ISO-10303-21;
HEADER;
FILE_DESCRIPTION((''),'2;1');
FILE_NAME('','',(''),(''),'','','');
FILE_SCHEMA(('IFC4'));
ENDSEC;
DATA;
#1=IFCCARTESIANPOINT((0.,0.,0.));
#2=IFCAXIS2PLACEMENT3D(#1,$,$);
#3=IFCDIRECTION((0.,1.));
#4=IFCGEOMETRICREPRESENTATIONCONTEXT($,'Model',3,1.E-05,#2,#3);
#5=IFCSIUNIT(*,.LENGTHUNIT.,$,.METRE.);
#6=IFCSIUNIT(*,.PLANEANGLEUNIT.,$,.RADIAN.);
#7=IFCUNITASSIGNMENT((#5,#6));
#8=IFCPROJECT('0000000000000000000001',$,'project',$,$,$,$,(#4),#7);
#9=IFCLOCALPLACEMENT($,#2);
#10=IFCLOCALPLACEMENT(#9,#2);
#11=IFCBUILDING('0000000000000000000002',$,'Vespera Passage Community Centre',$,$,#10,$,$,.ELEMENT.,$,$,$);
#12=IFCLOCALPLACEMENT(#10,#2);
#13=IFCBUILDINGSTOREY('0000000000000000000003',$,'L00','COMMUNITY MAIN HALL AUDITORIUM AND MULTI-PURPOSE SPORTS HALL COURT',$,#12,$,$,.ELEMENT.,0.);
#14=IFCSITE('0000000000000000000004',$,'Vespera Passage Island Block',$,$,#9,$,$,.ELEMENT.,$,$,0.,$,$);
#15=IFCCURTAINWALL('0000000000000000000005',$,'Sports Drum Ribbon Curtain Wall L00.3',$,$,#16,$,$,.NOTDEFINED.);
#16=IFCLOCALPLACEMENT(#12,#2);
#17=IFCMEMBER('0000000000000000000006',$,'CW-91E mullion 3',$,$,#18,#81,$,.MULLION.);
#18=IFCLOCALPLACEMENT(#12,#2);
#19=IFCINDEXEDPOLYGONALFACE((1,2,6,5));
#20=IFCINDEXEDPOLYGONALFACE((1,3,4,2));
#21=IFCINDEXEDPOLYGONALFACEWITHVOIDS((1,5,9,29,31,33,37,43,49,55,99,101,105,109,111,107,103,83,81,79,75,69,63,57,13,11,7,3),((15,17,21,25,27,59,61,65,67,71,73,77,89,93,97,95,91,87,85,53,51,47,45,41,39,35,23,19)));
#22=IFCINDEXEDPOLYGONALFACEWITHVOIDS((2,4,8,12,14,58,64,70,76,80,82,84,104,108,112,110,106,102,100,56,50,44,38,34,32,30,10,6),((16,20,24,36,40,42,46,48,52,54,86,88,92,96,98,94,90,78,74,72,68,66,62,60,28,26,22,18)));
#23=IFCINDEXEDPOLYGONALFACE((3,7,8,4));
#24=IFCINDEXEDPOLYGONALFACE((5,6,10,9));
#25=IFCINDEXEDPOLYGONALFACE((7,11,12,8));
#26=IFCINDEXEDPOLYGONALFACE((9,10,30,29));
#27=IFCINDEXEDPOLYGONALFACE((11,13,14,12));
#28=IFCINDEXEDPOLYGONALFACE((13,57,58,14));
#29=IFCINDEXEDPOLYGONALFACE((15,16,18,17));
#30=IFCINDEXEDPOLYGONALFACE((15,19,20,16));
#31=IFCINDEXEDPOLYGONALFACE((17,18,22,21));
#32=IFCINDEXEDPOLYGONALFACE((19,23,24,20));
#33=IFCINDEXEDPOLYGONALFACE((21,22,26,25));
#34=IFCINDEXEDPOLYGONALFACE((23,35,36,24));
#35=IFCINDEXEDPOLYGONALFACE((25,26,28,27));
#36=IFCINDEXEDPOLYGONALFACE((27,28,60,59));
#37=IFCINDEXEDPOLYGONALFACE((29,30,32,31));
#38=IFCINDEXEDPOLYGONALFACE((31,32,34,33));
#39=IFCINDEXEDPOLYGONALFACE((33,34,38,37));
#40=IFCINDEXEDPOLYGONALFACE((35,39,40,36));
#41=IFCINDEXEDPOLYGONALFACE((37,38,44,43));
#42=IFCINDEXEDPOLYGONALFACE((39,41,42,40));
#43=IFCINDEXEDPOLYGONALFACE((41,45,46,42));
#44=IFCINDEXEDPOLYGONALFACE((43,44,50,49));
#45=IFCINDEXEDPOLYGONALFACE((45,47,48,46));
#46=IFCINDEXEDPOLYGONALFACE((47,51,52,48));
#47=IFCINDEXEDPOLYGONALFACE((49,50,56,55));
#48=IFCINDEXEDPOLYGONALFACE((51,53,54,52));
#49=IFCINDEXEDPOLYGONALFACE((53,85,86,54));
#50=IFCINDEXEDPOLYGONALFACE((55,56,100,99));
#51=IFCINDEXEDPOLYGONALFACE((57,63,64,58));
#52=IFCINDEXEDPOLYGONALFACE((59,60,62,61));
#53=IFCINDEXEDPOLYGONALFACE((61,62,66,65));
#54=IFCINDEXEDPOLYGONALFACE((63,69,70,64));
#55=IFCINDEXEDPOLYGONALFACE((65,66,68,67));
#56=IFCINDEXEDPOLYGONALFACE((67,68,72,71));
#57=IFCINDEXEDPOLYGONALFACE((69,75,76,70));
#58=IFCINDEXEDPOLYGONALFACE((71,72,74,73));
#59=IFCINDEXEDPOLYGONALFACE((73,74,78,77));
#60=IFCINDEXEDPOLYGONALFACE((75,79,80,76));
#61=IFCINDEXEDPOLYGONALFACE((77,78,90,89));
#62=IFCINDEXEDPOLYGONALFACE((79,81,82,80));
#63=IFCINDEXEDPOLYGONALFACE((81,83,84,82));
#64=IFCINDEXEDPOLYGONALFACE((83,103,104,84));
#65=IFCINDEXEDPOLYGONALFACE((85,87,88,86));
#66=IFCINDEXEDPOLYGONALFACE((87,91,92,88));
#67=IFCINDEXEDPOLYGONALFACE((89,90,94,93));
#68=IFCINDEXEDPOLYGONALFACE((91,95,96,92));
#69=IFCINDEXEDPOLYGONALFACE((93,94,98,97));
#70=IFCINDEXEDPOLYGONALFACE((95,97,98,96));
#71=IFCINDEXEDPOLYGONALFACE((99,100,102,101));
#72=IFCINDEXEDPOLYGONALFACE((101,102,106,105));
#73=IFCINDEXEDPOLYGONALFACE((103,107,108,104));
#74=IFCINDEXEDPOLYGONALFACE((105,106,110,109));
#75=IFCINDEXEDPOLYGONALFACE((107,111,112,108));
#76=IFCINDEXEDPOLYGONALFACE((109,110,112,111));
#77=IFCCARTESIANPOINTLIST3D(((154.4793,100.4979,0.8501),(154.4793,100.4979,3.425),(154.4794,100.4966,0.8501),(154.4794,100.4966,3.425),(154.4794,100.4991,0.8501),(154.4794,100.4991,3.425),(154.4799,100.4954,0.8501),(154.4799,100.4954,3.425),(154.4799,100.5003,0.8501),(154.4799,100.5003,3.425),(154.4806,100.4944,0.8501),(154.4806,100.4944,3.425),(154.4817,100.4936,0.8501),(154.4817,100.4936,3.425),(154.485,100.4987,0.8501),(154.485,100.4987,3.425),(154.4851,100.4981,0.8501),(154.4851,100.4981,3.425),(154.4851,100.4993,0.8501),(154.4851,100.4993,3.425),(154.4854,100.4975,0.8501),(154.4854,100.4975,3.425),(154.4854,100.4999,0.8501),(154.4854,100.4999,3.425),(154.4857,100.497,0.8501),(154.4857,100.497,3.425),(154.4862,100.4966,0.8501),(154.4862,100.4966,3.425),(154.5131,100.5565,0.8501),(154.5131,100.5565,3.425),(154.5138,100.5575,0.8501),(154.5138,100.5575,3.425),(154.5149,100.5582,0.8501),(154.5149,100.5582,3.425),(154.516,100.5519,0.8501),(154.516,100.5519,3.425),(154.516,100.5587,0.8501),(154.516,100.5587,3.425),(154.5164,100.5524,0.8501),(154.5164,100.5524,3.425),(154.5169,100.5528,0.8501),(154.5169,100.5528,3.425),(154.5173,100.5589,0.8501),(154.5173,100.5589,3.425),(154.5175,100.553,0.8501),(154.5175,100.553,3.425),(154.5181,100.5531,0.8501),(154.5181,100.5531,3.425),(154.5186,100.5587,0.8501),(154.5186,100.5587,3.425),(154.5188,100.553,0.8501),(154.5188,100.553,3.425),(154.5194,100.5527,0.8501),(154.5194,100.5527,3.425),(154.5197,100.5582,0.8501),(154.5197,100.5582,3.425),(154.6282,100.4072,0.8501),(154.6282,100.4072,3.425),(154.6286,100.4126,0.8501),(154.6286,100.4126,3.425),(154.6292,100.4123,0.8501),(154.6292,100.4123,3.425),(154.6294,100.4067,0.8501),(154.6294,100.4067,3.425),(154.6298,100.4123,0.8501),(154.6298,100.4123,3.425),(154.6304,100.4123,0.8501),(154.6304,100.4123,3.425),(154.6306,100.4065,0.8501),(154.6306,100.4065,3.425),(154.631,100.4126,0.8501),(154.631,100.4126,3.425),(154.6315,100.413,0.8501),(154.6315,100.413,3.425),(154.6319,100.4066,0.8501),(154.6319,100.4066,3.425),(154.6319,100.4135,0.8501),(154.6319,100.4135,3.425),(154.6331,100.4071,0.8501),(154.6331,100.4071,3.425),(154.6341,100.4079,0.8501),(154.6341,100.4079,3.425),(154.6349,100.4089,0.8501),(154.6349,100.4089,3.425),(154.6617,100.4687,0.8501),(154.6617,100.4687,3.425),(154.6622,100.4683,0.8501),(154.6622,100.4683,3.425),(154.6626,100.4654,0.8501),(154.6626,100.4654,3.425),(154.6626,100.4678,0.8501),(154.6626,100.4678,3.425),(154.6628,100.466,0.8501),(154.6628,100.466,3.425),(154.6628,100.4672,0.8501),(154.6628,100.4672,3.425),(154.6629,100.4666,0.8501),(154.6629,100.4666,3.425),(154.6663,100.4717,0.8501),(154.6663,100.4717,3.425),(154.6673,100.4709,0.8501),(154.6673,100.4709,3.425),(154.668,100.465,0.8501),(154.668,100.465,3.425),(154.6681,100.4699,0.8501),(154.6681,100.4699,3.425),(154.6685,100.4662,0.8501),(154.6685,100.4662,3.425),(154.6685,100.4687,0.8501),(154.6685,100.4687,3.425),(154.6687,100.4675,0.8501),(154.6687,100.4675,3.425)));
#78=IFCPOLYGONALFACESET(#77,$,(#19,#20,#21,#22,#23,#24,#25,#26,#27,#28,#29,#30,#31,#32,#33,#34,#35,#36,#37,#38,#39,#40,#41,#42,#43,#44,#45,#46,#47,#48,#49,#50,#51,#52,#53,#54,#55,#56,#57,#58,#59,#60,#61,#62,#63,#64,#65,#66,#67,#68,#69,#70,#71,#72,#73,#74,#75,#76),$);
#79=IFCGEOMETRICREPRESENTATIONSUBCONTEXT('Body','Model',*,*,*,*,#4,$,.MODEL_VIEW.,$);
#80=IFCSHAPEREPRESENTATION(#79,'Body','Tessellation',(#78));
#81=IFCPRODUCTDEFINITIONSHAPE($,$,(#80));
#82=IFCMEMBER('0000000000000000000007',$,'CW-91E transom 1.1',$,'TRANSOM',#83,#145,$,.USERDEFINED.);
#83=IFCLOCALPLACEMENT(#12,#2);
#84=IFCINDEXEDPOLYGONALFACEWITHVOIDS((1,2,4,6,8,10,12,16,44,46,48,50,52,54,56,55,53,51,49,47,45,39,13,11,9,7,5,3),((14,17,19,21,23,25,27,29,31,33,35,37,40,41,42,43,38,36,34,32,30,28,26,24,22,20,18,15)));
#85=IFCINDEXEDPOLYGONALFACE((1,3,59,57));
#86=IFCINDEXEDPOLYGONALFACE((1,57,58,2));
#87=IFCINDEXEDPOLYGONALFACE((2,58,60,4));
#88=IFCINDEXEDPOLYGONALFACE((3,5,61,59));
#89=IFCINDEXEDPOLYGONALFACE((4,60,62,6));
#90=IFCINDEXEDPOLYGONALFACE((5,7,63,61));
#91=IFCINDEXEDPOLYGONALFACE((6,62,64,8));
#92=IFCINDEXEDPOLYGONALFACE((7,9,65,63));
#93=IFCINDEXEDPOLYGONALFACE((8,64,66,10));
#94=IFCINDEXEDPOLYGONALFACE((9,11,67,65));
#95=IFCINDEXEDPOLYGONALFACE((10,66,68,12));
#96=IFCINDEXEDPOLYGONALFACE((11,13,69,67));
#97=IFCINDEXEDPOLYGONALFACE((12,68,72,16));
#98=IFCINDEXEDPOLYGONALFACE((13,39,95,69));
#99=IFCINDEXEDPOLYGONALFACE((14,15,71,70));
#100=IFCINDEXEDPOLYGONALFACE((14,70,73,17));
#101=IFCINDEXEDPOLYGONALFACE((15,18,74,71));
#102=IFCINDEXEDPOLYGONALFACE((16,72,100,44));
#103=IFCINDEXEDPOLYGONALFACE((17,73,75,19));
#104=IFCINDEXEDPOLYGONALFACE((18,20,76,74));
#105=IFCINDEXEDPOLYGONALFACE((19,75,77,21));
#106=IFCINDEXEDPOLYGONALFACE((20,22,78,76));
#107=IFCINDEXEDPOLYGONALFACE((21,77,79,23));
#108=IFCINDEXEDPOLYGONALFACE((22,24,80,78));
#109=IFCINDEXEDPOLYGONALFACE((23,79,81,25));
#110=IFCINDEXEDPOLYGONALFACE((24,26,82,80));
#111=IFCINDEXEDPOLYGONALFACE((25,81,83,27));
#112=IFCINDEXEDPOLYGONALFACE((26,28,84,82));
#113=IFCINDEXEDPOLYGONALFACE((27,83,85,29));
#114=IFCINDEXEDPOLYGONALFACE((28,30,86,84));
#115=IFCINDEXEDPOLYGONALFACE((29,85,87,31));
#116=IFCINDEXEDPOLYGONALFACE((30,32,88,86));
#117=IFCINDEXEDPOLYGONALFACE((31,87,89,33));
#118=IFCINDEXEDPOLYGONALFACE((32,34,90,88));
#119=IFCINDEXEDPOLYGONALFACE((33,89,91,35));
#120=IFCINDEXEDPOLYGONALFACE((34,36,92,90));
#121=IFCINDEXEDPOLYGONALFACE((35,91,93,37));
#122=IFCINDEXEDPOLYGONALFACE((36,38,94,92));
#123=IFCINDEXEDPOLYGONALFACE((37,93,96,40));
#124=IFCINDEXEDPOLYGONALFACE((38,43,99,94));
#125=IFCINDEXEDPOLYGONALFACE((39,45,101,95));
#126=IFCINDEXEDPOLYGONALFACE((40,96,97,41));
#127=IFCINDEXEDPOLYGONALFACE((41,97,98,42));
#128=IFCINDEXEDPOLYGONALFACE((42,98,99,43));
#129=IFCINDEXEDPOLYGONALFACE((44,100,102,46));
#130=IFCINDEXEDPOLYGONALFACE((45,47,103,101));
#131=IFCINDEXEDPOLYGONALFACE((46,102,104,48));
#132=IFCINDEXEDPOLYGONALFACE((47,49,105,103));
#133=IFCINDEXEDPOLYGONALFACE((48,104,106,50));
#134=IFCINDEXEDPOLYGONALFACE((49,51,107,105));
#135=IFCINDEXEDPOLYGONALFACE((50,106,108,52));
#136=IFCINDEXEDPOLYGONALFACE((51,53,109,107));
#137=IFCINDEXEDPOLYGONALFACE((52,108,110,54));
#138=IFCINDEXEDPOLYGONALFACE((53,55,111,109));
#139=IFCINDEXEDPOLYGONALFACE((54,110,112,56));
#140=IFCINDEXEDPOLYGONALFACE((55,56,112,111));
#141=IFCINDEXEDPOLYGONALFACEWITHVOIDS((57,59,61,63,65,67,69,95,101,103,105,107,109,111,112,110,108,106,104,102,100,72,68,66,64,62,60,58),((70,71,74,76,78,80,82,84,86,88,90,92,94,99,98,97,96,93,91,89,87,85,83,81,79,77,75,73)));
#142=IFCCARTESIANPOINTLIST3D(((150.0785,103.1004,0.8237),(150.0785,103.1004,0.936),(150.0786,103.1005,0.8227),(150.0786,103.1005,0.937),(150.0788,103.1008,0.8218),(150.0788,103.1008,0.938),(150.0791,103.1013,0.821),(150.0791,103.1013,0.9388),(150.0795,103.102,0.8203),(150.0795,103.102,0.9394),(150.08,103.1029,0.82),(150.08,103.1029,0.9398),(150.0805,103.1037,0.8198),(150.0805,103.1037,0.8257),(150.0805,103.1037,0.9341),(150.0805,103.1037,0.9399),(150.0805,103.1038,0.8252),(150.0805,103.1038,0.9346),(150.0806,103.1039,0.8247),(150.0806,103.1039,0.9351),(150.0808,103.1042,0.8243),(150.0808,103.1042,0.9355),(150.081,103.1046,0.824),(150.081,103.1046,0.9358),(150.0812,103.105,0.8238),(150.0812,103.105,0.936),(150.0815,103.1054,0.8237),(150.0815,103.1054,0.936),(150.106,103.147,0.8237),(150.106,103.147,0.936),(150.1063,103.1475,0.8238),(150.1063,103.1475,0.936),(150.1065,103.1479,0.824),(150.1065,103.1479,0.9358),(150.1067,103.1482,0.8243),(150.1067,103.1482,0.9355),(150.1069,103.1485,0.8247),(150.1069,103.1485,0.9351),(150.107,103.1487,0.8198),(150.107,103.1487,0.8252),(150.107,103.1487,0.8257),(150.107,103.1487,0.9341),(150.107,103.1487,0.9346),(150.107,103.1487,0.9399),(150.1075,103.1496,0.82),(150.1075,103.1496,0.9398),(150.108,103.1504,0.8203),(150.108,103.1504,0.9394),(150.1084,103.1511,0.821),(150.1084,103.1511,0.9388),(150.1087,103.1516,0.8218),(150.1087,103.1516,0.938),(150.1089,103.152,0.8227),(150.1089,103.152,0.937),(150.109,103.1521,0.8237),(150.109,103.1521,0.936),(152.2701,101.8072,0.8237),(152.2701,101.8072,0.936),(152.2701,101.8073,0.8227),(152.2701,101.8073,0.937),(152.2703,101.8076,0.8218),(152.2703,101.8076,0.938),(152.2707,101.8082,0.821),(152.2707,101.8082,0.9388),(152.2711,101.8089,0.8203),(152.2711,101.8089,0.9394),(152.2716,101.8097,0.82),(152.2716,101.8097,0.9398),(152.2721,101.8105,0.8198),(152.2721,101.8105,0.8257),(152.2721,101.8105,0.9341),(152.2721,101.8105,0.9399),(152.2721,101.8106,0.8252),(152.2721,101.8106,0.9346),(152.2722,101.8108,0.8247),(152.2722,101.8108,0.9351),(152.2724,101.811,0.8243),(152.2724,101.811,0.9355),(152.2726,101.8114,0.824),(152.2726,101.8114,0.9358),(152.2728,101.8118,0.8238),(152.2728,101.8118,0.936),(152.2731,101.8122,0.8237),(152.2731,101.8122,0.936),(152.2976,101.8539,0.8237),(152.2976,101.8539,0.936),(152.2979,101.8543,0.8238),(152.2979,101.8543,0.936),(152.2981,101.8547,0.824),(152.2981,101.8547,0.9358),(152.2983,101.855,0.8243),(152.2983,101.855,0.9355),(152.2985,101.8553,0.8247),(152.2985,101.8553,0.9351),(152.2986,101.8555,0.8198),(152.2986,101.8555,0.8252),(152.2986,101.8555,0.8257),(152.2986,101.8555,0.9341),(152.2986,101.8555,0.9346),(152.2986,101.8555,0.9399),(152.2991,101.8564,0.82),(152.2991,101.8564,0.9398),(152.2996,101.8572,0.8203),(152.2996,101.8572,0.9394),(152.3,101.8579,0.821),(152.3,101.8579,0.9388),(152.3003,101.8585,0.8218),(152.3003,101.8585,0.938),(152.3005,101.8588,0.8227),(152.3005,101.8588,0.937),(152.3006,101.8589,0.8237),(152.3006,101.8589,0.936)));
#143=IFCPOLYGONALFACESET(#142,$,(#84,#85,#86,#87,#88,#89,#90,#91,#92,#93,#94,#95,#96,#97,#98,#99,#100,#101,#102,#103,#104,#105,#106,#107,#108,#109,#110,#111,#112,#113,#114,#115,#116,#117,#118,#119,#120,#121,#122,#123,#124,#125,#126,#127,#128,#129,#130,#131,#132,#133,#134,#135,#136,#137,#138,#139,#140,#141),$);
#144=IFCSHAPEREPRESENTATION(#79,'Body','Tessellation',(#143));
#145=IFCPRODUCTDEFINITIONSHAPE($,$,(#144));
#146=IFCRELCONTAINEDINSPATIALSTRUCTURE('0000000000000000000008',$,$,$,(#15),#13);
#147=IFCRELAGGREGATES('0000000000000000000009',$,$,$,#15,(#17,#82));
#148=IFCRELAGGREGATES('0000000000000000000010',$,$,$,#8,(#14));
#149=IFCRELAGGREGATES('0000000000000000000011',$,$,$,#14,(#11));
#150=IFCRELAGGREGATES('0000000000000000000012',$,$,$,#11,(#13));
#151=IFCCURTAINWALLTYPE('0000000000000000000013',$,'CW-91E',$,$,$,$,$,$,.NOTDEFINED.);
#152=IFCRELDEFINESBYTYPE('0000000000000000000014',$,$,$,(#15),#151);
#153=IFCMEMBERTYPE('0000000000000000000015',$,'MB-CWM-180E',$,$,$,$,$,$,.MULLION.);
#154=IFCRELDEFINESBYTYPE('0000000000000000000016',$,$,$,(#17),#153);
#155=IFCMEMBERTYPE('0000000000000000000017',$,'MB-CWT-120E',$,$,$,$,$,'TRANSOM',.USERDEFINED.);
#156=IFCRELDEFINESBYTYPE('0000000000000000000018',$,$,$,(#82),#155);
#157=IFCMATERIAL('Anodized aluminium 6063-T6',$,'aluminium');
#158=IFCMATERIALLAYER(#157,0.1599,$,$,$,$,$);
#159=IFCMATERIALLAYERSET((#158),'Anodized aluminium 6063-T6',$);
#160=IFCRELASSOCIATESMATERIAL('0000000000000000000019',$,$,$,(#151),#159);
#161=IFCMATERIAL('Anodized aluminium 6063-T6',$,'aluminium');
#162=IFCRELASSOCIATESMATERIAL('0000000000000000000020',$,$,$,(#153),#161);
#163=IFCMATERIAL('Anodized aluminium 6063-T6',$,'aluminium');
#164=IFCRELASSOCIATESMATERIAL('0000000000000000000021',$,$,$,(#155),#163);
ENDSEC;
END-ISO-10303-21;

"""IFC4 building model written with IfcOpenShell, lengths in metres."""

from ifc_helpers import new_model, si_unit, direction, frame, origin, origin_2d, place, context, subcontext, project, spatial, hollow_rectangle, extrude, material, layer, layer_set, material_profile, profile_set, type_object, element, aggregate, save


model = new_model("IFC4")

# Units and contexts
model_context = context("Model", 3, precision=1e-05, world=origin(), true_north=direction((0.0, 1.0)))
body_context = subcontext(model_context, "Body", "Model", "MODEL_VIEW")
ifc_project = project(units=[si_unit("LENGTHUNIT", "METRE"), si_unit("PLANEANGLEUNIT", "RADIAN")], contexts=[model_context])

# Site, building, storey
site_placement = place(None, origin())
site = spatial("IfcSite", under=ifc_project, at=site_placement, Name="Vespera Passage Island Block", CompositionType="ELEMENT", RefElevation=0.0)
building_placement = place(site_placement, origin())
building = spatial("IfcBuilding", under=site, at=building_placement, Name="Vespera Passage Community Centre", CompositionType="ELEMENT")
storey_placement = place(building_placement, origin())
storey = spatial("IfcBuildingStorey", under=building, at=storey_placement, Name="L00", Description="COMMUNITY MAIN HALL AUDITORIUM AND MULTI-PURPOSE SPORTS HALL COURT", CompositionType="ELEMENT", Elevation=0.0)

# Curtain wall, members
ifc_material_1 = material(Name="Anodized aluminium 6063-T6", Category="aluminium")
ifc_layer_1 = layer(ifc_material_1, 0.1599)
ifc_layer_set_1 = layer_set([ifc_layer_1], Name="Anodized aluminium 6063-T6")
curtain_wall_type = type_object("IfcCurtainWallType", Name="CW-91E", PredefinedType="NOTDEFINED", material=ifc_layer_set_1)
curtain_wall_placement = place(storey_placement, origin())
curtain_wall = element("IfcCurtainWall", 1, at=curtain_wall_placement, inside=storey, type_object=curtain_wall_type, Name="Sports Drum Ribbon Curtain Wall L00.3", PredefinedType="NOTDEFINED")
ifc_material_2 = material(Name="Anodized aluminium 6063-T6", Category="aluminium")
ifc_material_profile_1 = material_profile(ifc_material_2, hollow_rectangle(XDim=0.075, YDim=0.1799, WallThickness=0.0049, InnerFilletRadius=0.0024, OuterFilletRadius=0.0049, at=origin_2d()), Name="ALU180X75X5")
ifc_profile_set_1 = profile_set([ifc_material_profile_1], Name="Anodized aluminium 6063-T6")
member_type_1 = type_object("IfcMemberType", Name="MB-CWM-180E", PredefinedType="MULLION", material=ifc_profile_set_1)
member_1_placement = place(storey_placement, frame((154.574, 100.4827, 0.8501), z_axis=(0.0, 0.0, 1.0), x_axis=(0.50817, 0.861257, 0.0)))
member_1 = element("IfcMember", 2, at=member_1_placement, type_object=member_type_1, Name="CW-91E mullion 3", PredefinedType="MULLION", context=body_context, shape_type="SweptSolid", body=[
    extrude(hollow_rectangle(XDim=0.075, YDim=0.1799, WallThickness=0.0049, InnerFilletRadius=0.0024, OuterFilletRadius=0.0049, at=origin_2d()), origin(), (0.0, 0.0, 1.0), 2.575),
])
ifc_material_3 = material(Name="Anodized aluminium 6063-T6", Category="aluminium")
ifc_material_profile_2 = material_profile(ifc_material_3, hollow_rectangle(XDim=0.0601, YDim=0.1201, WallThickness=0.0039, InnerFilletRadius=0.002, OuterFilletRadius=0.0039, at=origin_2d()), Name="ALU120X60X4")
ifc_profile_set_2 = profile_set([ifc_material_profile_2], Name="Anodized aluminium 6063-T6")
member_type_2 = type_object("IfcMemberType", Name="MB-CWT-120E", ElementType="TRANSOM", PredefinedType="USERDEFINED", material=ifc_profile_set_2)
member_2_placement = place(storey_placement, frame((150.0938, 103.1262, 0.8799), z_axis=(0.861245, -0.508189, 0.0), x_axis=(0.508189, 0.861245, 0.0)))
member_2 = element("IfcMember", 3, at=member_2_placement, type_object=member_type_2, Name="CW-91E transom 1.1", ObjectType="TRANSOM", PredefinedType="USERDEFINED", context=body_context, shape_type="SweptSolid", body=[
    extrude(hollow_rectangle(XDim=0.0601, YDim=0.1201, WallThickness=0.0039, InnerFilletRadius=0.002, OuterFilletRadius=0.0039, at=origin_2d()), origin(), (0.0, 0.0, 1.0), 2.5447),
])
aggregate(curtain_wall, [member_1, member_2])

save(model, "model.ifc")
